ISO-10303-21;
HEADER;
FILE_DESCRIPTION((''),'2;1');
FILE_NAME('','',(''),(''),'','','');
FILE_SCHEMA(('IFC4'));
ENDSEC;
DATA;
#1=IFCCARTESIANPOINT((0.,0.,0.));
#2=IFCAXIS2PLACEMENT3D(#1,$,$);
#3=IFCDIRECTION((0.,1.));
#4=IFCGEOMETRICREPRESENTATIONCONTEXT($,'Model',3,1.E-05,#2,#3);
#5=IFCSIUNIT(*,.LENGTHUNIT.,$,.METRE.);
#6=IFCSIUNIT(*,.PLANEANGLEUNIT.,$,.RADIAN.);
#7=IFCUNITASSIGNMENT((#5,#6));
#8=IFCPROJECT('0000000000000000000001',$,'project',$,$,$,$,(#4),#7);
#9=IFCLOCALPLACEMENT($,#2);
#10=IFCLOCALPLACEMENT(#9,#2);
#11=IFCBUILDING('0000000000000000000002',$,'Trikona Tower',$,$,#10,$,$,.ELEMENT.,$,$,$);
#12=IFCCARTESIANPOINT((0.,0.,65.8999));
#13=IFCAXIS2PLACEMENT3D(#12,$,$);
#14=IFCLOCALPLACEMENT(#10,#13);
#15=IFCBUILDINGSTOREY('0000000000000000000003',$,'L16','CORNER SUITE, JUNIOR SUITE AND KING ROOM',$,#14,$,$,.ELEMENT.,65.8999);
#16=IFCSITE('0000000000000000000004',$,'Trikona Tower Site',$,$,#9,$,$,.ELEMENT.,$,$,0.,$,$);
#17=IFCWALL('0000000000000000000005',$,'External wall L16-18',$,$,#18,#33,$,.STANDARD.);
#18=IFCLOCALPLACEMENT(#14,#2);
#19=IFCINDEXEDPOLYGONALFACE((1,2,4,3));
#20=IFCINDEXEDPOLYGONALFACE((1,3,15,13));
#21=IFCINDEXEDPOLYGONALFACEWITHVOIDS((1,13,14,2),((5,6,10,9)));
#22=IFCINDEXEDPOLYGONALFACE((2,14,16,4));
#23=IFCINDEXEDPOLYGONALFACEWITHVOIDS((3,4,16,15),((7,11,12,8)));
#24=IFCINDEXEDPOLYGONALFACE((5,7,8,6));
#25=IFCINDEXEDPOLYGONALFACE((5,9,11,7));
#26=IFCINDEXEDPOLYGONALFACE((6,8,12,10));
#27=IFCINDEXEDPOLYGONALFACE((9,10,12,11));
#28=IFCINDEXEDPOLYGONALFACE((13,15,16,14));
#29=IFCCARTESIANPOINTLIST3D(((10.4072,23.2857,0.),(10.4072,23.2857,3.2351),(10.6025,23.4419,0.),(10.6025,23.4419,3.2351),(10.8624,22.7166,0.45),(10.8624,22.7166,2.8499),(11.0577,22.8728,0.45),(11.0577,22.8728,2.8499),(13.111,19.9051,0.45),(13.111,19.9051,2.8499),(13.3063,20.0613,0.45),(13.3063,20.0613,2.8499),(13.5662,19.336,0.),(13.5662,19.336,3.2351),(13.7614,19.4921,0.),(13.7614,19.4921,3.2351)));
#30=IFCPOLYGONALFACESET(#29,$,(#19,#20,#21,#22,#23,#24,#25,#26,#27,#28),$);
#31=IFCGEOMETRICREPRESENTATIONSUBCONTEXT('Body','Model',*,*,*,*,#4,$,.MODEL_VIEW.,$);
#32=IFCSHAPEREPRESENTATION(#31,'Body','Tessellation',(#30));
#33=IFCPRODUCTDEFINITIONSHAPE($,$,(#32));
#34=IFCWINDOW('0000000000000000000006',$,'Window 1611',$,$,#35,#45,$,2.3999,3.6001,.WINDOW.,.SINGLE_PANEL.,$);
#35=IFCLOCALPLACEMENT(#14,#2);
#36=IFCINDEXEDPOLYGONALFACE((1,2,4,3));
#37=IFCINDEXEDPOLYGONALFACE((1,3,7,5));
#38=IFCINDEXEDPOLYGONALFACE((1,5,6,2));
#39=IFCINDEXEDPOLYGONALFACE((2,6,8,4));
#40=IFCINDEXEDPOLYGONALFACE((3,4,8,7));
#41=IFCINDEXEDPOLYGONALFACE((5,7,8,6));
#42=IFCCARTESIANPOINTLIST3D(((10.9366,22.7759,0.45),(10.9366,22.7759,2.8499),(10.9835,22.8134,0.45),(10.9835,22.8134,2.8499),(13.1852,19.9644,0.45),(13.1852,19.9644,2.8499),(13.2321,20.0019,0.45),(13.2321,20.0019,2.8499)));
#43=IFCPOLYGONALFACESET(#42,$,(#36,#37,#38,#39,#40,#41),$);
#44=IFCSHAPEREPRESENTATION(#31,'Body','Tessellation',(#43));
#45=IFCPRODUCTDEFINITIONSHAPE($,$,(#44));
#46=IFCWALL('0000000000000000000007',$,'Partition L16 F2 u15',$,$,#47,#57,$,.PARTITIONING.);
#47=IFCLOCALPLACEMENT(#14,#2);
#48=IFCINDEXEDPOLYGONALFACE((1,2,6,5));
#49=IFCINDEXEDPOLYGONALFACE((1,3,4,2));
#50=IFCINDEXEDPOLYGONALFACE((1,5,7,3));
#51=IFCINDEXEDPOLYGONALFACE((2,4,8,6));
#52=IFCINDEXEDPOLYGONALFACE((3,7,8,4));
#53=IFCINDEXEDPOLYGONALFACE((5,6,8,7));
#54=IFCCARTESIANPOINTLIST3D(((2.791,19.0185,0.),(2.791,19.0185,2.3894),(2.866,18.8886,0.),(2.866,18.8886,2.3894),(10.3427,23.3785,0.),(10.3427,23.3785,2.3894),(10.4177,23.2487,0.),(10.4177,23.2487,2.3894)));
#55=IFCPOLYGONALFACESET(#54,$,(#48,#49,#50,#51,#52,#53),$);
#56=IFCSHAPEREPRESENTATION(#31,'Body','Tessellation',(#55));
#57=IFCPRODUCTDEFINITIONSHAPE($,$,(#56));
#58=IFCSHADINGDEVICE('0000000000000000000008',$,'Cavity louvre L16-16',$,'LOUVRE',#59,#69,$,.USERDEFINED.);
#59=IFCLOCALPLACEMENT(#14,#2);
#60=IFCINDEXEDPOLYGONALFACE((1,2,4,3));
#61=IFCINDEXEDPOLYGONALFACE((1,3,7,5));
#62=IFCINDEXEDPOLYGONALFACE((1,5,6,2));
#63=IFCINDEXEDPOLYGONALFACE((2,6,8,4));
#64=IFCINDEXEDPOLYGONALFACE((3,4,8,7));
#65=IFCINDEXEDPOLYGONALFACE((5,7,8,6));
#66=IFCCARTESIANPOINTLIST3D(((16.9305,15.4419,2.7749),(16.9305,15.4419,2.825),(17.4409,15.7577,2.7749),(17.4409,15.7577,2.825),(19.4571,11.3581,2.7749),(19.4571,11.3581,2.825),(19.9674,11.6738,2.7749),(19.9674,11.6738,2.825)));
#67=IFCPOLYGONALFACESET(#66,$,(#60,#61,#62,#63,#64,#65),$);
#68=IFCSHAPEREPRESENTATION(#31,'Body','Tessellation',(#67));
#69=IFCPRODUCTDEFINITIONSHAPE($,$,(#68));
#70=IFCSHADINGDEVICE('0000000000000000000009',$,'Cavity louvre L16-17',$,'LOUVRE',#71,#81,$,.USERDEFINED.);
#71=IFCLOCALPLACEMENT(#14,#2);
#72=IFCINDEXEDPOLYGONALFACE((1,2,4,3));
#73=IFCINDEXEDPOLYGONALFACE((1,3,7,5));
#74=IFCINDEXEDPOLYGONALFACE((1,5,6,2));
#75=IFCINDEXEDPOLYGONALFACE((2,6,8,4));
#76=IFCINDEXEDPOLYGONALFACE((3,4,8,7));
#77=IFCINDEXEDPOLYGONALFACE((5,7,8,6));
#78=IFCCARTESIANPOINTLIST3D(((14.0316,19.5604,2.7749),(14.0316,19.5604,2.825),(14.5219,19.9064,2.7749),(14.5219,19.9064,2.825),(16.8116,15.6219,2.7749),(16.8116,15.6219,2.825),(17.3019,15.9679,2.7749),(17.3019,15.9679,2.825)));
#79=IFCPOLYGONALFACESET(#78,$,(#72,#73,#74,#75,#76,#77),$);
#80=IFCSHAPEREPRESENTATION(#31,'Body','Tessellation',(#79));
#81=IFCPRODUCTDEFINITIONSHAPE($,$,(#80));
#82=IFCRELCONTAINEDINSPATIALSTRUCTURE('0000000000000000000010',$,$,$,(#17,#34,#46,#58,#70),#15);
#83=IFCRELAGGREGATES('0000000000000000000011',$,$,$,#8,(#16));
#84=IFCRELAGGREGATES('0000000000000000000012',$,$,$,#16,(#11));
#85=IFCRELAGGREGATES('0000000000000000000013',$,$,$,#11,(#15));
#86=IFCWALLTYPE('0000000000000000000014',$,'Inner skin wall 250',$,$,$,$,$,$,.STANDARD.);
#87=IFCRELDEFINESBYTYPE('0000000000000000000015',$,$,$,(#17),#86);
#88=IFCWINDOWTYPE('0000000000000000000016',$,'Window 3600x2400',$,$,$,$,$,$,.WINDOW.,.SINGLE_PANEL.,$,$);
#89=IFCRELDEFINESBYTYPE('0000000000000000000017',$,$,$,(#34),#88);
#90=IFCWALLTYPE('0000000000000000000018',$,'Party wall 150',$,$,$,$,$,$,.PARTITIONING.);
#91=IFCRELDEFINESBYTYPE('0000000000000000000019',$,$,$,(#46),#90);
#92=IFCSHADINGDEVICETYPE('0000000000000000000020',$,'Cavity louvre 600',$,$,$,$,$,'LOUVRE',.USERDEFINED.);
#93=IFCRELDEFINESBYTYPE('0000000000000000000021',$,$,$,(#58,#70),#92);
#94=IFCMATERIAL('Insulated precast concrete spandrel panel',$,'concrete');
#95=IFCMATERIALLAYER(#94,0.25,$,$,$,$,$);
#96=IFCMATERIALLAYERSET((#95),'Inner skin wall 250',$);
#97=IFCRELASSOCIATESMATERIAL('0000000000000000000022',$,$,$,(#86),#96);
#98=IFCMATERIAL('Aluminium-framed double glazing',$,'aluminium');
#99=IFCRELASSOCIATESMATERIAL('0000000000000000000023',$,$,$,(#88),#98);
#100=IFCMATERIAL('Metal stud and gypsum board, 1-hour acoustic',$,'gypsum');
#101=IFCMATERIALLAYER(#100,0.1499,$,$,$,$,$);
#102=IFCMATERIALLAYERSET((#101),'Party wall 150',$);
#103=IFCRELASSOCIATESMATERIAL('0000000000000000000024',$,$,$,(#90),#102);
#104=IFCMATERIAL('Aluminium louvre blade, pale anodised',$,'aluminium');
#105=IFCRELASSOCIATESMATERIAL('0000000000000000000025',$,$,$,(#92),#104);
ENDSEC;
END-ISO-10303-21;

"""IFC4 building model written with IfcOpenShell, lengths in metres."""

from ifc_helpers import new_model, si_unit, direction, frame, frame_2d, origin, origin_2d, place, context, subcontext, project, spatial, rectangle, extrude, material, layer, layer_set, type_object, element, fill, save


model = new_model("IFC4")

# Units and contexts
model_context = context("Model", 3, precision=1e-05, world=origin(), true_north=direction((0.0, 1.0)))
body_context = subcontext(model_context, "Body", "Model", "MODEL_VIEW")
ifc_project = project(units=[si_unit("LENGTHUNIT", "METRE"), si_unit("PLANEANGLEUNIT", "RADIAN")], contexts=[model_context])

# Site, building, storey
site_placement = place(None, origin())
site = spatial("IfcSite", under=ifc_project, at=site_placement, Name="Trikona Tower Site", CompositionType="ELEMENT", RefElevation=0.0)
building_placement = place(site_placement, origin())
building = spatial("IfcBuilding", under=site, at=building_placement, Name="Trikona Tower", CompositionType="ELEMENT")
storey_placement = place(building_placement, frame((0.0, 0.0, 65.8999)))
storey = spatial("IfcBuildingStorey", under=building, at=storey_placement, Name="L16", Description="CORNER SUITE, JUNIOR SUITE AND KING ROOM", CompositionType="ELEMENT", Elevation=65.8999)

# Wall, opening, window
ifc_material_1 = material(Name="Insulated precast concrete spandrel panel", Category="concrete")
ifc_layer_1 = layer(ifc_material_1, 0.25)
ifc_layer_set_1 = layer_set([ifc_layer_1], Name="Inner skin wall 250")
wall_type_1 = type_object("IfcWallType", Name="Inner skin wall 250", PredefinedType="STANDARD", material=ifc_layer_set_1)
ifc_material_2 = material(Name="Aluminium-framed double glazing", Category="aluminium")
window_type = type_object("IfcWindowType", Name="Window 3600x2400", PartitioningType="SINGLE_PANEL", PredefinedType="WINDOW", material=ifc_material_2)
wall_1_placement = place(storey_placement, frame((13.6638, 19.4141, 0.0), z_axis=(0.0, 0.0, 1.0), x_axis=(-0.624595, 0.780949, 0.0)))
wall_1 = element("IfcWall", 1, at=wall_1_placement, inside=storey, type_object=wall_type_1, Name="External wall L16-18", PredefinedType="STANDARD", context=body_context, shape_type="SweptSolid", body=[
    extrude(rectangle(XDim=5.0576, YDim=0.25, at=frame_2d((2.5288, 0.0))), origin(), (0.0, 0.0, 1.0), 3.2351),
])
opening_1_placement = place(wall_1_placement, frame((0.7288, 0.0, 0.45)))
opening_1 = element("IfcOpeningElement", 2, at=opening_1_placement, cuts=wall_1, PredefinedType="OPENING", context=body_context, shape_type="SweptSolid", body=[
    extrude(rectangle(XDim=3.6001, YDim=2.3999, at=frame_2d((1.8, 1.2))), frame((0.0, 0.135, 0.0), z_axis=(0.0, -1.0, 0.0), x_axis=(1.0, 0.0, 0.0)), (0.0, 0.0, 1.0), 0.27),
])
window_1_placement = place(opening_1_placement, origin())
window_1 = element("IfcWindow", 3, at=window_1_placement, inside=storey, type_object=window_type, Name="Window 1611", OverallHeight=2.3999, OverallWidth=3.6001, PartitioningType="SINGLE_PANEL", PredefinedType="WINDOW", context=body_context, shape_type="SweptSolid", body=[
    extrude(rectangle(XDim=3.6001, YDim=2.3999, at=frame_2d((1.8, 1.2))), frame((0.0, 0.03, 0.0), z_axis=(0.0, -1.0, 0.0), x_axis=(1.0, 0.0, 0.0)), (0.0, 0.0, 1.0), 0.0601),
])
fill(opening_1, window_1)

# Wall
ifc_material_3 = material(Name="Metal stud and gypsum board, 1-hour acoustic", Category="gypsum")
ifc_layer_2 = layer(ifc_material_3, 0.1499)
ifc_layer_set_2 = layer_set([ifc_layer_2], Name="Party wall 150")
wall_type_2 = type_object("IfcWallType", Name="Party wall 150", PredefinedType="PARTITIONING", material=ifc_layer_set_2)
wall_2_placement = place(storey_placement, frame((2.8286, 18.9536, 0.0), z_axis=(0.0, 0.0, 1.0), x_axis=(0.866021, 0.500008, 0.0)))
element("IfcWall", 4, at=wall_2_placement, inside=storey, type_object=wall_type_2, Name="Partition L16 F2 u15", PredefinedType="PARTITIONING", context=body_context, shape_type="SweptSolid", body=[
    extrude(rectangle(XDim=8.72, YDim=0.1499, at=frame_2d((4.3599, 0.0))), origin(), (0.0, 0.0, 1.0), 2.3894),
])

# Shading devices
ifc_material_4 = material(Name="Aluminium louvre blade, pale anodised", Category="aluminium")
shading_device_type = type_object("IfcShadingDeviceType", Name="Cavity louvre 600", ElementType="LOUVRE", PredefinedType="USERDEFINED", material=ifc_material_4)
shading_device_1_placement = place(storey_placement, frame((18.449, 13.5579, 2.7749), z_axis=(0.0, 0.0, 1.0), x_axis=(-0.526119, 0.850411, 0.0)))
element("IfcShadingDevice", 5, at=shading_device_1_placement, inside=storey, type_object=shading_device_type, Name="Cavity louvre L16-16", ObjectType="LOUVRE", PredefinedType="USERDEFINED", context=body_context, shape_type="SweptSolid", body=[
    extrude(rectangle(XDim=4.8022, YDim=0.6001, at=origin_2d()), origin(), (0.0, 0.0, 1.0), 0.05),
])
shading_device_2_placement = place(storey_placement, frame((15.6667, 17.7642, 2.7749), z_axis=(0.0, 0.0, 1.0), x_axis=(-0.576662, 0.816983, 0.0)))
element("IfcShadingDevice", 6, at=shading_device_2_placement, inside=storey, type_object=shading_device_type, Name="Cavity louvre L16-17", ObjectType="LOUVRE", PredefinedType="USERDEFINED", context=body_context, shape_type="SweptSolid", body=[
    extrude(rectangle(XDim=4.8208, YDim=0.6001, at=origin_2d()), origin(), (0.0, 0.0, 1.0), 0.05),
])

save(model, "model.ifc")
